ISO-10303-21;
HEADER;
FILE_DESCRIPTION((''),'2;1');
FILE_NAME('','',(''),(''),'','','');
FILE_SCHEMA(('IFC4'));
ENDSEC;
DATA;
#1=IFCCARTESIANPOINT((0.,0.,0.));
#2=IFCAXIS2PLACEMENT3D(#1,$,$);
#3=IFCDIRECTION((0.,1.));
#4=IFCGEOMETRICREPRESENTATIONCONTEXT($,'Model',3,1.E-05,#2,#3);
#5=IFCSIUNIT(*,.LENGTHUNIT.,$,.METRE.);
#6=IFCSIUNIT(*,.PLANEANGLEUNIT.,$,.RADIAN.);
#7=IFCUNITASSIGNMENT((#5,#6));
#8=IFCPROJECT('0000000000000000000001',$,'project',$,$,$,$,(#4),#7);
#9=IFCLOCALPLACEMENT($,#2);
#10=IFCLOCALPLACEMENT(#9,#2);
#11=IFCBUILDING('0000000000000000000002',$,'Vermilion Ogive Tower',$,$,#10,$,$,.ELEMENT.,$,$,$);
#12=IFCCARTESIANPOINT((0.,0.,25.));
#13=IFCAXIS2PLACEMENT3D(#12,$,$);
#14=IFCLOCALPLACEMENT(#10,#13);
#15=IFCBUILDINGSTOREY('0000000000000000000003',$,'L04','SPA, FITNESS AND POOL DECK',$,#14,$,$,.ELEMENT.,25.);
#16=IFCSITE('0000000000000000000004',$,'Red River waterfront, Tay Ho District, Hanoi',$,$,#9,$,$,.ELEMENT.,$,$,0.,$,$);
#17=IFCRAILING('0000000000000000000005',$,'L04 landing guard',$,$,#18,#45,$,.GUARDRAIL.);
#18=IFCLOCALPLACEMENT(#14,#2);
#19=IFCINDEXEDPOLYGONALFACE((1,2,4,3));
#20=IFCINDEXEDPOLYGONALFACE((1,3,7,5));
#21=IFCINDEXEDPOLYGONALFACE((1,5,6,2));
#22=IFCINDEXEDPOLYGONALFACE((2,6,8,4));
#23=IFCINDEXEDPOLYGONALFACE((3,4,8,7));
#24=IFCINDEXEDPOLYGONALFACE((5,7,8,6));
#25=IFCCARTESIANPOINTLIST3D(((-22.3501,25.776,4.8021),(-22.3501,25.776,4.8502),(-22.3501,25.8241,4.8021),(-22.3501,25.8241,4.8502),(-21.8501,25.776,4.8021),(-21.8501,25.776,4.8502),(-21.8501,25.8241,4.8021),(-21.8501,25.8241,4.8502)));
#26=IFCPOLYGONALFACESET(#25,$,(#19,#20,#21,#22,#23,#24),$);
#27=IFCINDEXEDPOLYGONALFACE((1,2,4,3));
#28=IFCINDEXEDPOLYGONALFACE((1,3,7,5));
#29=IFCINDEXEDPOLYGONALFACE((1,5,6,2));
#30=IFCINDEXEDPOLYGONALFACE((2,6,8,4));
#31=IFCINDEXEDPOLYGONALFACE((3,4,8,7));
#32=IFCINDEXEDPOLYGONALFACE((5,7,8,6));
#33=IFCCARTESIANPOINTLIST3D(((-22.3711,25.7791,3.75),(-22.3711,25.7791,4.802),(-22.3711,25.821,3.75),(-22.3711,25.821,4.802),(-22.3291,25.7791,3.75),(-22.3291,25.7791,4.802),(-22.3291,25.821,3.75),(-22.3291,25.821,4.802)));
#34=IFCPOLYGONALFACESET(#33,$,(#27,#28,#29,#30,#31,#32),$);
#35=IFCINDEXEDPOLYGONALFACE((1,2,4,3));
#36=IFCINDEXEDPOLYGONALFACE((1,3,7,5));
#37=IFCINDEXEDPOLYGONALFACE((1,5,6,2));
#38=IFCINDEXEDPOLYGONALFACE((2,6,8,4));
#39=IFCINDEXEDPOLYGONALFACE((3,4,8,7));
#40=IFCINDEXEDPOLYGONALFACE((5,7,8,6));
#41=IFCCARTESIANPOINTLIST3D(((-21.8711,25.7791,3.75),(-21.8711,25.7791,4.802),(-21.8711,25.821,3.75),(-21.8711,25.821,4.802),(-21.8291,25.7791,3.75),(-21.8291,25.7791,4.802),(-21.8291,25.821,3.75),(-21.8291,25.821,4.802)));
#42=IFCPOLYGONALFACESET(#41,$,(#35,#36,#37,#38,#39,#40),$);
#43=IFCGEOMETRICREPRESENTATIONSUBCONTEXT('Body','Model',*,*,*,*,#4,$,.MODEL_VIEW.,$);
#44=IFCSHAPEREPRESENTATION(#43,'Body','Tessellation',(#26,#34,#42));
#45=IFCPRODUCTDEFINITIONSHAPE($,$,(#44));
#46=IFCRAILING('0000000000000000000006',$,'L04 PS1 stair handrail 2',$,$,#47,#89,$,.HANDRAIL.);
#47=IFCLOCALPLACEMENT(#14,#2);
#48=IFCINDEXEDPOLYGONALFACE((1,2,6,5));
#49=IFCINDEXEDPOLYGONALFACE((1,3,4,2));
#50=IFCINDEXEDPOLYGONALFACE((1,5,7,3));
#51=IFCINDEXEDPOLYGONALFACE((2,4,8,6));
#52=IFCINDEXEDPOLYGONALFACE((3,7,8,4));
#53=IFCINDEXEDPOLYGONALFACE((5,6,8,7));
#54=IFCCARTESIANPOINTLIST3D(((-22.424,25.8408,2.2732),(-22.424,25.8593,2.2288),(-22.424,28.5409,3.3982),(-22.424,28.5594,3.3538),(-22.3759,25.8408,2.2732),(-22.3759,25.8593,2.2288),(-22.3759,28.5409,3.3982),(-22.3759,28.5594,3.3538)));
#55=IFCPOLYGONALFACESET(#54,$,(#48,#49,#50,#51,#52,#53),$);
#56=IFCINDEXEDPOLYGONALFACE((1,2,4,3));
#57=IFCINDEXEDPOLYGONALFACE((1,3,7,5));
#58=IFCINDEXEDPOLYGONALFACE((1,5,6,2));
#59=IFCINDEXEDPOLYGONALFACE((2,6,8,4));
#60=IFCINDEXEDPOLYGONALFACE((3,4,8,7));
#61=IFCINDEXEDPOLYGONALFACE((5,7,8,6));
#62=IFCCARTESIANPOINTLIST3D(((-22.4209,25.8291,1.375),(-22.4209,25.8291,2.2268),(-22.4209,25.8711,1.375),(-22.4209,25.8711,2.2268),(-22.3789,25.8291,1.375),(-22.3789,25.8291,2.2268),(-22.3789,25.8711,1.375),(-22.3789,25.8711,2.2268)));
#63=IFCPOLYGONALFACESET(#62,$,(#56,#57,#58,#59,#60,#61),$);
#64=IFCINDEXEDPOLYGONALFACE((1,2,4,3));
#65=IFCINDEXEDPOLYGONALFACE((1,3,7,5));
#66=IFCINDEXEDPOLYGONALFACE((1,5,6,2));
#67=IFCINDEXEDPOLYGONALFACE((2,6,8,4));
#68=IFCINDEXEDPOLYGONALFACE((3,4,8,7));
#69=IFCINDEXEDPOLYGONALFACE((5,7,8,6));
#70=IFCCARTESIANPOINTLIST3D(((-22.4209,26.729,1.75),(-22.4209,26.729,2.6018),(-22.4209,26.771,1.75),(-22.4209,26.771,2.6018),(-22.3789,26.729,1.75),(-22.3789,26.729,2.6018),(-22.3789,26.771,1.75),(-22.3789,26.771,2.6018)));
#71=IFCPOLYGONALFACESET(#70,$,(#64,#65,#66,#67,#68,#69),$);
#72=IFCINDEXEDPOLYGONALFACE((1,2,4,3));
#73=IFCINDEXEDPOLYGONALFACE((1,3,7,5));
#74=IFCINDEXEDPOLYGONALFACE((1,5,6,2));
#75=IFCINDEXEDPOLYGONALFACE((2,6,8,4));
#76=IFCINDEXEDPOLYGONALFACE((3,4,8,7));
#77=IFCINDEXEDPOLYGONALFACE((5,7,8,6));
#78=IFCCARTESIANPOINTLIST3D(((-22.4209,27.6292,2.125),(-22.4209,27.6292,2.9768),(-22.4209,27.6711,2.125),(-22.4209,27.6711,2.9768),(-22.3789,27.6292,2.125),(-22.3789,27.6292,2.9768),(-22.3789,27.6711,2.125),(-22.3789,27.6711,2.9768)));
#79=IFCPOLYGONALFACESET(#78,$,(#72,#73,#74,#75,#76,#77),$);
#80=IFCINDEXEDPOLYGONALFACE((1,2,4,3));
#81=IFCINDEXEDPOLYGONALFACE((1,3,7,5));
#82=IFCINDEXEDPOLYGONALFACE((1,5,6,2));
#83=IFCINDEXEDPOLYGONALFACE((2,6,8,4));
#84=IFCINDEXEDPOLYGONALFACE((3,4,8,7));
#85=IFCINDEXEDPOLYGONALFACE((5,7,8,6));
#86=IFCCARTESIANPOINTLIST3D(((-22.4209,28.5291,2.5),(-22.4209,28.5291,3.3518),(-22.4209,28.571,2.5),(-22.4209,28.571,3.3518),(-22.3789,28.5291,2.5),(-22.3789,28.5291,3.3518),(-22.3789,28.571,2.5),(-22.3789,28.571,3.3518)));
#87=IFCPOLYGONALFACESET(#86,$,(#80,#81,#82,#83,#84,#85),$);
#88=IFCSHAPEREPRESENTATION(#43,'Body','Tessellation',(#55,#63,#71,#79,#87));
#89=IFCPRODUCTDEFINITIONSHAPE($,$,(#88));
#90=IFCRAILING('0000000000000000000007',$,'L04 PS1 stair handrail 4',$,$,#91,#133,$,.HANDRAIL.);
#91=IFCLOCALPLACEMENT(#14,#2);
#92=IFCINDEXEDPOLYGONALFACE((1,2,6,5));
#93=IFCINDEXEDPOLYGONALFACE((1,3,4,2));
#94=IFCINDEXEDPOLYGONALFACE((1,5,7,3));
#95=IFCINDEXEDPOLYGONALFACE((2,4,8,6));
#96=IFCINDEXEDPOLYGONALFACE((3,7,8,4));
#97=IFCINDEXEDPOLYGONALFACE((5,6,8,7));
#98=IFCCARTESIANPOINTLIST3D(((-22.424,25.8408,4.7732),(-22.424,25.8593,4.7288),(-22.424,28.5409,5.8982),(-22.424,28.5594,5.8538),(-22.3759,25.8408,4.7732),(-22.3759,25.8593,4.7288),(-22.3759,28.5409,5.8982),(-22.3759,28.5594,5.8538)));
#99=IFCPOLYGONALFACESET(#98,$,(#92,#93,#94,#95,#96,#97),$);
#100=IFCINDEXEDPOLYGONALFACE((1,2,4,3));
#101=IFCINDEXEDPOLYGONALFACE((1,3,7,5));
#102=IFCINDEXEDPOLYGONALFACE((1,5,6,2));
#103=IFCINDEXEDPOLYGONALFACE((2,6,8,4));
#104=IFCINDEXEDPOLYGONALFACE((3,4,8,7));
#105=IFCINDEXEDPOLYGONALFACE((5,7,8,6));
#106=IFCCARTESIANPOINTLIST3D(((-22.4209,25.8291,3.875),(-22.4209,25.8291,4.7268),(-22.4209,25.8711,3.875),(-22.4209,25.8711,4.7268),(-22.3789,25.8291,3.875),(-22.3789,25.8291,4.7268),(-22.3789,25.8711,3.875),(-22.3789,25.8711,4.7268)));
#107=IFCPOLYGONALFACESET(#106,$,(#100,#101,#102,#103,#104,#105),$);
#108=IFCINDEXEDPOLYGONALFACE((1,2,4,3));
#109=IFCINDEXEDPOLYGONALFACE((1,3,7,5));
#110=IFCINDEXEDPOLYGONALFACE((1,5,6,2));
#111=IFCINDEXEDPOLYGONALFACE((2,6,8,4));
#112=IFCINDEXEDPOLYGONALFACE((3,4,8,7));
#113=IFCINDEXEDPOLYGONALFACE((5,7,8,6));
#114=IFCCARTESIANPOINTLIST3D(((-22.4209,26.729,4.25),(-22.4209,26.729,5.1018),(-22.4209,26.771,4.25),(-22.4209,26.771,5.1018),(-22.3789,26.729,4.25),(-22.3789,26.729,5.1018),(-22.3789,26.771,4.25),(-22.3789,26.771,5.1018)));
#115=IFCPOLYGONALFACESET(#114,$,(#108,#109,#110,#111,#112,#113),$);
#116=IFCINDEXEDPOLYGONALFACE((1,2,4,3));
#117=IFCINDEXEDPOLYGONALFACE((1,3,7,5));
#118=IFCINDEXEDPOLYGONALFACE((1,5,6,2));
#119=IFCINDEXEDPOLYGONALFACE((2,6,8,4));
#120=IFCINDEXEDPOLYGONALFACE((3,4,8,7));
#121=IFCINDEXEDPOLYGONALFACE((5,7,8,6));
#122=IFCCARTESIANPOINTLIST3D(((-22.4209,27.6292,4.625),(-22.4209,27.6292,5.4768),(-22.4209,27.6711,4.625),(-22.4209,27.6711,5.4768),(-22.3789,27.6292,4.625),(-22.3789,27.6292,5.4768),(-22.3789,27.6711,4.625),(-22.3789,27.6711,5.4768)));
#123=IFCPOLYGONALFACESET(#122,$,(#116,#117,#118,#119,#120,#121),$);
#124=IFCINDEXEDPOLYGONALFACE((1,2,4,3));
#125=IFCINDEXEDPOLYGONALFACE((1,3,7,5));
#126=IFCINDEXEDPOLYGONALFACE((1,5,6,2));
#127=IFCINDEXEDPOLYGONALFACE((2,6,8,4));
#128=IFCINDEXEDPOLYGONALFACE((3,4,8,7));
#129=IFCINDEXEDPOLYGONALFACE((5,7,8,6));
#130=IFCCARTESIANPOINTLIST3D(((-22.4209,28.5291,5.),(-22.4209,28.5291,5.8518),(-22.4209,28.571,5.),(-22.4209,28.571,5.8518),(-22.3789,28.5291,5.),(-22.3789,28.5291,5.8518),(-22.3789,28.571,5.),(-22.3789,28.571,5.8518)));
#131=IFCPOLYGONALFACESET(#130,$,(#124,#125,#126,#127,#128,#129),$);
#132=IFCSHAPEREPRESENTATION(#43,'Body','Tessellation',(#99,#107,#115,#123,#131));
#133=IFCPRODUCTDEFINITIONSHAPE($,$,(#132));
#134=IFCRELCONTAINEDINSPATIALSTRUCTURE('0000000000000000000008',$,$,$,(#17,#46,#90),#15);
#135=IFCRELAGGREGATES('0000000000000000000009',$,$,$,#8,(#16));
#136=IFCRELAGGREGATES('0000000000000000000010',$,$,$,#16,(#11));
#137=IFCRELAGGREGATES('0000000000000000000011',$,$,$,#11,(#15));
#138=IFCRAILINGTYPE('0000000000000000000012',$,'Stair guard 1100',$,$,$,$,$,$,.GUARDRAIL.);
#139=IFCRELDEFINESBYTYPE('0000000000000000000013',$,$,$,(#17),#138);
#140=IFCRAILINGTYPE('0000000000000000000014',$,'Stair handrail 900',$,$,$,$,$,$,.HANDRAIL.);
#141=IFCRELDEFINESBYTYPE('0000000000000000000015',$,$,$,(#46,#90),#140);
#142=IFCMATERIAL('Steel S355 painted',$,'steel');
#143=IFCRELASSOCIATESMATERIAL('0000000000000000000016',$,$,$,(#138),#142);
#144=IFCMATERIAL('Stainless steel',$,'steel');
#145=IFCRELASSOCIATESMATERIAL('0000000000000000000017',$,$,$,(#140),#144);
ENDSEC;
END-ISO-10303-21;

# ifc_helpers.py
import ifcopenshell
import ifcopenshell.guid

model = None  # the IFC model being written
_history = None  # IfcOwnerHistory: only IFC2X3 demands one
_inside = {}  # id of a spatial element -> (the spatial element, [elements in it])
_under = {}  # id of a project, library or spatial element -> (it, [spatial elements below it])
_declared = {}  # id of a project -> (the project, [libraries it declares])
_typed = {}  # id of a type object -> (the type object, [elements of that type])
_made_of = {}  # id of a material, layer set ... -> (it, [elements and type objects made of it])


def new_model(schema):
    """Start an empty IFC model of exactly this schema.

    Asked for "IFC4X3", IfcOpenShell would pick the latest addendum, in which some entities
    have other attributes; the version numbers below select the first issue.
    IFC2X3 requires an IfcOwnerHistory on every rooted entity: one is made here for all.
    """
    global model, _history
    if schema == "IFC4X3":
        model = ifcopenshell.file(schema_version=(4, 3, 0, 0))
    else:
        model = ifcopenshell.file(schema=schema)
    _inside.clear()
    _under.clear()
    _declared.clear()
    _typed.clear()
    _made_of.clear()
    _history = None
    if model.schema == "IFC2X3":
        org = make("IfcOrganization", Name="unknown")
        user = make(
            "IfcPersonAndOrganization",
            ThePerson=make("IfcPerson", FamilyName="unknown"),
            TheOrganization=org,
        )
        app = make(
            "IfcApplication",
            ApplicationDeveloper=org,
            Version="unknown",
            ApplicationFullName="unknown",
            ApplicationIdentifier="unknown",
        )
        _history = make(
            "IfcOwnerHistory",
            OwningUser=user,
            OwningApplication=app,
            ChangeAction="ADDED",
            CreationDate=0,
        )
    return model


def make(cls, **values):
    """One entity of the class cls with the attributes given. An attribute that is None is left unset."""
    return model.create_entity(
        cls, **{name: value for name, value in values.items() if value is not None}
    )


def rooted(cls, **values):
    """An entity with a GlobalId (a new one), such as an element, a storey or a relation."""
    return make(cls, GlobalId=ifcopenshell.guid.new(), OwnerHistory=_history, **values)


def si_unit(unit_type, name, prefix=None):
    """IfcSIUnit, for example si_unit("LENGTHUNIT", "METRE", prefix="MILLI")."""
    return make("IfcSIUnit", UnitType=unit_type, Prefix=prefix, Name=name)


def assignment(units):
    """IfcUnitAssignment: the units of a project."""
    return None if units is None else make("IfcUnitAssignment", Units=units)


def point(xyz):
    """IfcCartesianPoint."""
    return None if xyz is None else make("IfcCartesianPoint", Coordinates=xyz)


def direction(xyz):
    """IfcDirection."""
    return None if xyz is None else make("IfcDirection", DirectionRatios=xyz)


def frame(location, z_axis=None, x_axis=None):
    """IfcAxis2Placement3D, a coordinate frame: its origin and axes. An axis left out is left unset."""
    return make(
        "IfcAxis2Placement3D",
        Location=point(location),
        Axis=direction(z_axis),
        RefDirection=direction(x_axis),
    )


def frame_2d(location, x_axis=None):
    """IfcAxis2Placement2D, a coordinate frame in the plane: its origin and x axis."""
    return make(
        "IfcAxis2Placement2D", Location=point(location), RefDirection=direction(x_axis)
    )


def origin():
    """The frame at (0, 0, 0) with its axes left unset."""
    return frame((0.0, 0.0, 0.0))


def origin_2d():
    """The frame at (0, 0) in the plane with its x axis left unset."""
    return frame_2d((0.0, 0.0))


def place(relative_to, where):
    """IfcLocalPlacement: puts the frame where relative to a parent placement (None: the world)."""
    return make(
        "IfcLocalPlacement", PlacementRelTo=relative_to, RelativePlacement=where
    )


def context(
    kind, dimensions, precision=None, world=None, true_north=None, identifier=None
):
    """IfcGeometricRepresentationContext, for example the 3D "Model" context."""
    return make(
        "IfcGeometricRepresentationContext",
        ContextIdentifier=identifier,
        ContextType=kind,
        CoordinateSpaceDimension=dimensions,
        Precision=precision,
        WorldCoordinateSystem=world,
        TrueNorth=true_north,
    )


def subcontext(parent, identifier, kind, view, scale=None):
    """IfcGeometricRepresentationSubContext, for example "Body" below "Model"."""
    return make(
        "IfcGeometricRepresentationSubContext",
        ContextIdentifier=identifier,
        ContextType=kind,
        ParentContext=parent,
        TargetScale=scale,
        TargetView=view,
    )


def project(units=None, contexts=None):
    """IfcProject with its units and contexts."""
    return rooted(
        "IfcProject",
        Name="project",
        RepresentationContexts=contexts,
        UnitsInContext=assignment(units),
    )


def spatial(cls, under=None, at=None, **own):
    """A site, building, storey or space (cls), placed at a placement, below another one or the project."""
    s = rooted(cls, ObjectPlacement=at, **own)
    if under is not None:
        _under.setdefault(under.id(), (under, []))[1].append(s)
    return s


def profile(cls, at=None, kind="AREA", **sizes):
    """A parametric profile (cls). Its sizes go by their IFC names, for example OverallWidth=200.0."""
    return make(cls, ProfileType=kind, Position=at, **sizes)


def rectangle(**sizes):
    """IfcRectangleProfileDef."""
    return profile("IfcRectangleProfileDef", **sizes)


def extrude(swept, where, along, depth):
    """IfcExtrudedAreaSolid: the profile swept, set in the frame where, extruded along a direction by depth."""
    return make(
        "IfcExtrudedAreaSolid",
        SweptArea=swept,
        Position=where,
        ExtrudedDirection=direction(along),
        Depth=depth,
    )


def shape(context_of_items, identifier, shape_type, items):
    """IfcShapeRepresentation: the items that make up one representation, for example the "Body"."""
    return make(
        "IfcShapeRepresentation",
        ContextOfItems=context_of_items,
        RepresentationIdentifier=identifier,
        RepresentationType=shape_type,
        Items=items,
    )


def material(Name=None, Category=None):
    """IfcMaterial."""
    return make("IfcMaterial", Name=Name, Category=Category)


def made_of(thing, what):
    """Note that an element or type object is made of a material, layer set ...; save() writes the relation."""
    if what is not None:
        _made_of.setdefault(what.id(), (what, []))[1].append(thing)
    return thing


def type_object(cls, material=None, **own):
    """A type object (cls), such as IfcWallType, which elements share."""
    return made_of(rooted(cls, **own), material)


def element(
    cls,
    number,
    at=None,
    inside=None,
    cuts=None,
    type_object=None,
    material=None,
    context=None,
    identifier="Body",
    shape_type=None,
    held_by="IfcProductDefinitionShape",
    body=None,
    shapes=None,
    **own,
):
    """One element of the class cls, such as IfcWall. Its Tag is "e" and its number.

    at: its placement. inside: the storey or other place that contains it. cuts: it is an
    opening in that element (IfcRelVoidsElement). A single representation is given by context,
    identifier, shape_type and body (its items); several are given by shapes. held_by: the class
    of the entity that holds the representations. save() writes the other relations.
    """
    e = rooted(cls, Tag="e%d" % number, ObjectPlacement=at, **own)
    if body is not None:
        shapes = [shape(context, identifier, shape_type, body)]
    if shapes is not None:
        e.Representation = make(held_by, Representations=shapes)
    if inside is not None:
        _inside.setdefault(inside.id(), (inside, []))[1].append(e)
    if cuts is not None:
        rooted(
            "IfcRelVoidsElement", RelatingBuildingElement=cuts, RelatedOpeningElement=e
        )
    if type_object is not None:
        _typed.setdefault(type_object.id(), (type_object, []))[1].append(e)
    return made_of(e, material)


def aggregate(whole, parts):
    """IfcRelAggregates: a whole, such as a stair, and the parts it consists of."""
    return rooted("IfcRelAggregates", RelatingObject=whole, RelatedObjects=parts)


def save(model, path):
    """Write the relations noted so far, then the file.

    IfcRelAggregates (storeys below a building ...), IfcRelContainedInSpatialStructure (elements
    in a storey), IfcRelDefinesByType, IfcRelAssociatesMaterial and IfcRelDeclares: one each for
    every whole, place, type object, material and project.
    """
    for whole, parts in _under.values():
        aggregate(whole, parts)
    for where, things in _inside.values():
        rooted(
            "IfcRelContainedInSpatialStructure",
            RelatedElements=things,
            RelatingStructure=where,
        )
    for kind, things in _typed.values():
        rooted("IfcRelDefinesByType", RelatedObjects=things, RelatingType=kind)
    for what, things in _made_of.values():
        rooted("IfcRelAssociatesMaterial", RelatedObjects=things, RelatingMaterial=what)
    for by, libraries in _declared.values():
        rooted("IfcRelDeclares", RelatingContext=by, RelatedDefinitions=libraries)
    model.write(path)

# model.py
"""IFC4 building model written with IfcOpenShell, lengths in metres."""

from ifc_helpers import new_model, si_unit, direction, frame, origin, origin_2d, place, context, subcontext, project, spatial, rectangle, extrude, material, type_object, element, save


model = new_model("IFC4")

# Units and contexts
model_context = context("Model", 3, precision=1e-05, world=origin(), true_north=direction((0.0, 1.0)))
body_context = subcontext(model_context, "Body", "Model", "MODEL_VIEW")
ifc_project = project(units=[si_unit("LENGTHUNIT", "METRE"), si_unit("PLANEANGLEUNIT", "RADIAN")], contexts=[model_context])

# Site, building, storey
site_placement = place(None, origin())
site = spatial("IfcSite", under=ifc_project, at=site_placement, Name="Red River waterfront, Tay Ho District, Hanoi", CompositionType="ELEMENT", RefElevation=0.0)
building_placement = place(site_placement, origin())
building = spatial("IfcBuilding", under=site, at=building_placement, Name="Vermilion Ogive Tower", CompositionType="ELEMENT")
storey_placement = place(building_placement, frame((0.0, 0.0, 25.0)))
storey = spatial("IfcBuildingStorey", under=building, at=storey_placement, Name="L04", Description="SPA, FITNESS AND POOL DECK", CompositionType="ELEMENT", Elevation=25.0)

# Railings
ifc_material_1 = material(Name="Steel S355 painted", Category="steel")
railing_type_1 = type_object("IfcRailingType", Name="Stair guard 1100", PredefinedType="GUARDRAIL", material=ifc_material_1)
railing_1_placement = place(storey_placement, frame((-22.3501, 25.8, 3.75)))
element("IfcRailing", 1, at=railing_1_placement, inside=storey, type_object=railing_type_1, Name="L04 landing guard", PredefinedType="GUARDRAIL", context=body_context, shape_type="SweptSolid", body=[
    extrude(rectangle(XDim=0.0481, YDim=0.0481, at=origin_2d()), frame((0.0, 0.0, 1.0762), z_axis=(1.0, 0.0, 0.0), x_axis=(0.0, 1.0, 0.0)), (0.0, 0.0, 1.0), 0.5),
    extrude(rectangle(XDim=0.042, YDim=0.042, at=origin_2d()), origin(), (0.0, 0.0, 1.0), 1.052),
    extrude(rectangle(XDim=0.042, YDim=0.042, at=origin_2d()), frame((0.5, 0.0, 0.0)), (0.0, 0.0, 1.0), 1.052),
])
ifc_material_2 = material(Name="Stainless steel", Category="steel")
railing_type_2 = type_object("IfcRailingType", Name="Stair handrail 900", PredefinedType="HANDRAIL", material=ifc_material_2)
for number, where, name in (
    (2, (-22.3999, 25.8501, 1.375), "L04 PS1 stair handrail 2"),
    (3, (-22.3999, 25.8501, 3.875), "L04 PS1 stair handrail 4"),
):
    element("IfcRailing", number, at=place(storey_placement, frame(where)), inside=storey, type_object=railing_type_2, Name=name, PredefinedType="HANDRAIL", context=body_context, shape_type="SweptSolid", body=[
        extrude(rectangle(XDim=0.0481, YDim=0.0481, at=origin_2d()), frame((0.0, 0.0, 0.876), z_axis=(0.0, 0.923074, 0.384621), x_axis=(-1.0, 0.0, 0.0)), (0.0, 0.0, 1.0), 2.925),
        extrude(rectangle(XDim=0.042, YDim=0.042, at=origin_2d()), origin(), (0.0, 0.0, 1.0), 0.8518),
        extrude(rectangle(XDim=0.042, YDim=0.042, at=origin_2d()), frame((0.0, 0.8999, 0.375)), (0.0, 0.0, 1.0), 0.8518),
        extrude(rectangle(XDim=0.042, YDim=0.042, at=origin_2d()), frame((0.0, 1.8, 0.75)), (0.0, 0.0, 1.0), 0.8518),
        extrude(rectangle(XDim=0.042, YDim=0.042, at=origin_2d()), frame((0.0, 2.7, 1.125)), (0.0, 0.0, 1.0), 0.8518),
    ])

save(model, "model.ifc")
